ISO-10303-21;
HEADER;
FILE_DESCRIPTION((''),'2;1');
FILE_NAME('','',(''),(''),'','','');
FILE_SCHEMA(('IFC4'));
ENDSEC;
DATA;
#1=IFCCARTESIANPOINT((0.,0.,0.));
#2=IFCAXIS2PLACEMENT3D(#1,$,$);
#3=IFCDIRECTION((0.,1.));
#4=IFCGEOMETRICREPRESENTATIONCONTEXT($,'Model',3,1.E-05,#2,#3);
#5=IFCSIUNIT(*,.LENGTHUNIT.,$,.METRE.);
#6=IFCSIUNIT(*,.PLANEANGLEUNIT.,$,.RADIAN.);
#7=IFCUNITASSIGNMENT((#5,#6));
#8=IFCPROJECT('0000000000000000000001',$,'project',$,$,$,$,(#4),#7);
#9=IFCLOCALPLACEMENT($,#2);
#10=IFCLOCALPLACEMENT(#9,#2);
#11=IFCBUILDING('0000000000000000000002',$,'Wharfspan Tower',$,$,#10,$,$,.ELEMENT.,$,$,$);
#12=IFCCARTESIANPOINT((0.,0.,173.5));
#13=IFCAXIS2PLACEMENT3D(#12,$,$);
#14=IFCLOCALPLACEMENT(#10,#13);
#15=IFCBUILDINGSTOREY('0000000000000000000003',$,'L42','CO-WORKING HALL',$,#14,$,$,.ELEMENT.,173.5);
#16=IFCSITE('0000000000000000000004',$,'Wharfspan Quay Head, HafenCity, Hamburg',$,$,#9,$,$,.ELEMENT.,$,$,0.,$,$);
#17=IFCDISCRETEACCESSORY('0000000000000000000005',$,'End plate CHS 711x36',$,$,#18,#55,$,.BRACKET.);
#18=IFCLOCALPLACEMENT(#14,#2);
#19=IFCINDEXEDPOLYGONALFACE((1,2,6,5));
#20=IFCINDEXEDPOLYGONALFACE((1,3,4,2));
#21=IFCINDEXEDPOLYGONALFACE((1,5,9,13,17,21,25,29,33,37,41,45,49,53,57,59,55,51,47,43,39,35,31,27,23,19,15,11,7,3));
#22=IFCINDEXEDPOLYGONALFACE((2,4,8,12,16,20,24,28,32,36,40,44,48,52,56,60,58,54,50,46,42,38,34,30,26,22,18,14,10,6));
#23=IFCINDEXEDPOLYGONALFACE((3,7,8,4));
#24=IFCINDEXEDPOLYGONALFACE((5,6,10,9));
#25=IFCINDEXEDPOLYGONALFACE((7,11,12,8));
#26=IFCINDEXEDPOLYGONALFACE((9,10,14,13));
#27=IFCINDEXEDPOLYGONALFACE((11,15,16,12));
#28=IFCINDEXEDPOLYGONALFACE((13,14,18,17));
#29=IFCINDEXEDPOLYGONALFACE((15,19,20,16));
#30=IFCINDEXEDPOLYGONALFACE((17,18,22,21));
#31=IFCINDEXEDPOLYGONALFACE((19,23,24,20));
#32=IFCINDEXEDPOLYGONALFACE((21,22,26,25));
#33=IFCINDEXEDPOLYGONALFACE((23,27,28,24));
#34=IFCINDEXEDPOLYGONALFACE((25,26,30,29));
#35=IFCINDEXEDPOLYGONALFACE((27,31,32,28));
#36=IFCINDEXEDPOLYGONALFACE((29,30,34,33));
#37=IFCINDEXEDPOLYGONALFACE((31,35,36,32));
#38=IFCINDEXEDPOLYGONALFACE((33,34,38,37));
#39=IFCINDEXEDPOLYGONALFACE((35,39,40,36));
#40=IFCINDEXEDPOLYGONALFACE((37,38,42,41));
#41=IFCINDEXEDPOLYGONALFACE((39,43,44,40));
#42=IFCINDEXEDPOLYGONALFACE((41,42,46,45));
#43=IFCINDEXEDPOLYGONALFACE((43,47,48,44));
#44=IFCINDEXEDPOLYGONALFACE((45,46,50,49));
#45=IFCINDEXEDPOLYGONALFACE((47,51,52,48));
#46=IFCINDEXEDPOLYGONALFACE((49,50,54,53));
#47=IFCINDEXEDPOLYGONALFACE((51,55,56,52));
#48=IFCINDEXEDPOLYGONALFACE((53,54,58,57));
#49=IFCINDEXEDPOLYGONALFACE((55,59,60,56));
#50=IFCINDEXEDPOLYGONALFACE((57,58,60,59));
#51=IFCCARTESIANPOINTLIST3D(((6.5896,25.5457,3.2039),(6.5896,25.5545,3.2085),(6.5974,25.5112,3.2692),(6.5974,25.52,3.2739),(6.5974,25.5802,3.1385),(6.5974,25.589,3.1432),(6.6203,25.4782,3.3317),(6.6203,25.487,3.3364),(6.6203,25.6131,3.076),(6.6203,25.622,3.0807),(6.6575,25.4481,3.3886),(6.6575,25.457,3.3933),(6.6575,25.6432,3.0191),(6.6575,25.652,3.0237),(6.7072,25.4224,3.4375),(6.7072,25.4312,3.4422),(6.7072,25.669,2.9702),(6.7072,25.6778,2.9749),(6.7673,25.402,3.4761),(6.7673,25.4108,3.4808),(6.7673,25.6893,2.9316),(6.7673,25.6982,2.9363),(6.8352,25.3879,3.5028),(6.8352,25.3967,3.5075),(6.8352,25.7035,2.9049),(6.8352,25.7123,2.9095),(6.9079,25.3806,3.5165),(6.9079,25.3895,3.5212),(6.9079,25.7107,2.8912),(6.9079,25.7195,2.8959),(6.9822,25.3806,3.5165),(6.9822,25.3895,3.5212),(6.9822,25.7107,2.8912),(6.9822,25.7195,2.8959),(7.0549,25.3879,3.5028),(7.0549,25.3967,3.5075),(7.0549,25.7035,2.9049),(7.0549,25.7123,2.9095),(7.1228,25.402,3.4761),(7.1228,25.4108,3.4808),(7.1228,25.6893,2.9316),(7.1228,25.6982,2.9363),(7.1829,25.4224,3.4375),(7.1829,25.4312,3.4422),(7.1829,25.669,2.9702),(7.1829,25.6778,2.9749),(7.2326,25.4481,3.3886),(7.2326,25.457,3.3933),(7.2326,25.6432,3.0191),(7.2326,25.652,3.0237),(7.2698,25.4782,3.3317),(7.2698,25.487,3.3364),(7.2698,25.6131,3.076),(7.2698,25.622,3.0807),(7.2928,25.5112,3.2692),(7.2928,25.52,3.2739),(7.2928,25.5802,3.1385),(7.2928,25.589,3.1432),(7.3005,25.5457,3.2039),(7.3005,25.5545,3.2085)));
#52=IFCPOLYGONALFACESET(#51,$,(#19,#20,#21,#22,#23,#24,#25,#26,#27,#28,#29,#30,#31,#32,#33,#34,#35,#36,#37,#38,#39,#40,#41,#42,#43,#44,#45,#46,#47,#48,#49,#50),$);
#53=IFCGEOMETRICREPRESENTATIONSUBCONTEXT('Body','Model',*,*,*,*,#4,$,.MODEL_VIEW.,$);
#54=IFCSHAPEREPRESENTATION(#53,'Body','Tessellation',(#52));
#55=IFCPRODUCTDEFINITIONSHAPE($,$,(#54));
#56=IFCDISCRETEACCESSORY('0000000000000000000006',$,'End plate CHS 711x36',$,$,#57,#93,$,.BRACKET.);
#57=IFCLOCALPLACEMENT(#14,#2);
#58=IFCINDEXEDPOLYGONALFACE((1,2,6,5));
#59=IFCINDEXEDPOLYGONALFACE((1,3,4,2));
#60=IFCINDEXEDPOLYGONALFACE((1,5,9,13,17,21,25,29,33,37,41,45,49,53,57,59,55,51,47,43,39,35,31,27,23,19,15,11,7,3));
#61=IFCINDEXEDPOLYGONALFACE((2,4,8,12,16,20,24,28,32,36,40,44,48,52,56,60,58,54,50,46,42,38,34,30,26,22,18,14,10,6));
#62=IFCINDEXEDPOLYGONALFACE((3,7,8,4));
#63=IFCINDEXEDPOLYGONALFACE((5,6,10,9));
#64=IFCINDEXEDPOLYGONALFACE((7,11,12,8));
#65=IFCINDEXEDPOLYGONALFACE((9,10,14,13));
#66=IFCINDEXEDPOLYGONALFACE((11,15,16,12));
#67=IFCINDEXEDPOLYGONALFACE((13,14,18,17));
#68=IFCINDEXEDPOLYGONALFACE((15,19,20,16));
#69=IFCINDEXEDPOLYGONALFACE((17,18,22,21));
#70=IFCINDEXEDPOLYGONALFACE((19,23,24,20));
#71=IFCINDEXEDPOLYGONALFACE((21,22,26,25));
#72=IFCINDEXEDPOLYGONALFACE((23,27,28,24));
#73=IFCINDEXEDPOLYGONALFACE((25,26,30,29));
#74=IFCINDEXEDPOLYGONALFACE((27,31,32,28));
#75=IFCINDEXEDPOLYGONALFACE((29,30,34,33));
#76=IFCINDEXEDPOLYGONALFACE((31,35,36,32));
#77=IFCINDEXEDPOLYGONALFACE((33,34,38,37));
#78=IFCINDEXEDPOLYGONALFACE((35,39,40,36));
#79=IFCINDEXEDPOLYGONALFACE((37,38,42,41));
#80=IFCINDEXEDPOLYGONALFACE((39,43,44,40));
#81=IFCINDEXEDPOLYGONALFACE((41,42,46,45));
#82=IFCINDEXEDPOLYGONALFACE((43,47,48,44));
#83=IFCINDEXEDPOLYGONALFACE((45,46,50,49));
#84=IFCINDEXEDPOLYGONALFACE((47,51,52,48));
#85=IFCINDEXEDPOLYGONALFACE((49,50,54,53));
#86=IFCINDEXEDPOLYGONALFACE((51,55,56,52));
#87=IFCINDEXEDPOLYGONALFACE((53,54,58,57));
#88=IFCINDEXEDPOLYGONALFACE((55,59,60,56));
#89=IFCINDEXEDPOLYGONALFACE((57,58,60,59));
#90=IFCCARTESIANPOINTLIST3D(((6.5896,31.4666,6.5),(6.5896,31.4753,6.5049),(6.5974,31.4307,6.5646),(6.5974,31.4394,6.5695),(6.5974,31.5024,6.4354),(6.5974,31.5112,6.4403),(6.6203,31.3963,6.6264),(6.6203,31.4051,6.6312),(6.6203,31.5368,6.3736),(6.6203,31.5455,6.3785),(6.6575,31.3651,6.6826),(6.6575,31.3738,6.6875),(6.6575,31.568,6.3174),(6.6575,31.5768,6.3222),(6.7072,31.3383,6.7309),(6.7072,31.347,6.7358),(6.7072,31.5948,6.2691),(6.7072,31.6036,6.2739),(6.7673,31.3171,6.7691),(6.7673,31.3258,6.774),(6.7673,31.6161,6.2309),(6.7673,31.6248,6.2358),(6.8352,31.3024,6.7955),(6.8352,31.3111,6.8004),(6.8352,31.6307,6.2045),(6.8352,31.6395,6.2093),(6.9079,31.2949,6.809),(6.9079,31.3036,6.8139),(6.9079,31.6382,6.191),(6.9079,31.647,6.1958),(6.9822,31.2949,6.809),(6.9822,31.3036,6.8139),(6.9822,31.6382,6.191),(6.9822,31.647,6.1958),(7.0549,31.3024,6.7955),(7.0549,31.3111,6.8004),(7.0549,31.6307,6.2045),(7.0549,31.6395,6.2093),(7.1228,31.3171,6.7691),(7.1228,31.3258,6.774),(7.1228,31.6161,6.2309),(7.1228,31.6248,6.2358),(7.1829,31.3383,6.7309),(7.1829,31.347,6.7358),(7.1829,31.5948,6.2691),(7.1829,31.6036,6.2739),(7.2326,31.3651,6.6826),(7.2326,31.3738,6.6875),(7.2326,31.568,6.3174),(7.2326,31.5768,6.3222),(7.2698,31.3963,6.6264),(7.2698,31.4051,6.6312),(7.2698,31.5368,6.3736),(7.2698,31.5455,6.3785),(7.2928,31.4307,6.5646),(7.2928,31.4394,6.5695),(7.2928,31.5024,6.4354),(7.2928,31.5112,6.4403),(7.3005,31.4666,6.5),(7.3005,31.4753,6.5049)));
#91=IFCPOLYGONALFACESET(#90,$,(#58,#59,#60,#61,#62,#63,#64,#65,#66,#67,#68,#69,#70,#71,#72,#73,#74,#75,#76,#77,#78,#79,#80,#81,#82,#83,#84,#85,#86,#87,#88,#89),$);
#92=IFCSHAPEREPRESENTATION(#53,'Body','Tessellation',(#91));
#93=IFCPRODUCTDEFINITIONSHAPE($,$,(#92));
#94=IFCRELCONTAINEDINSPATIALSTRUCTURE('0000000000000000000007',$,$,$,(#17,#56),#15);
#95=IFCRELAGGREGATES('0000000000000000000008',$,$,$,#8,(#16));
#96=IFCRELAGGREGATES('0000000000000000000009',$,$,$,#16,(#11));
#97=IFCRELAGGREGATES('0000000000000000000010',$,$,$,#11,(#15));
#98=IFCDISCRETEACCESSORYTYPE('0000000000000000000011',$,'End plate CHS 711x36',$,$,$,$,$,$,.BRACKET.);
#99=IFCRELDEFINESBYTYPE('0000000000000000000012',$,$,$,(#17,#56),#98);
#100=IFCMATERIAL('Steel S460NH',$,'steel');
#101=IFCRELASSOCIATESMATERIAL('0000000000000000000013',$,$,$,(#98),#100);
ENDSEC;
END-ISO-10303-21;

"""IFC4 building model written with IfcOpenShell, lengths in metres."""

from ifc_helpers import new_model, si_unit, direction, frame, origin, origin_2d, place, context, subcontext, project, spatial, circle, extrude, material, material_profile, profile_set, type_object, element, save


model = new_model("IFC4")

# Units and contexts
model_context = context("Model", 3, precision=1e-05, world=origin(), true_north=direction((0.0, 1.0)))
body_context = subcontext(model_context, "Body", "Model", "MODEL_VIEW")
ifc_project = project(units=[si_unit("LENGTHUNIT", "METRE"), si_unit("PLANEANGLEUNIT", "RADIAN")], contexts=[model_context])

# Site, building, storey
site_placement = place(None, origin())
site = spatial("IfcSite", under=ifc_project, at=site_placement, Name="Wharfspan Quay Head, HafenCity, Hamburg", CompositionType="ELEMENT", RefElevation=0.0)
building_placement = place(site_placement, origin())
building = spatial("IfcBuilding", under=site, at=building_placement, Name="Wharfspan Tower", CompositionType="ELEMENT")
storey_placement = place(building_placement, frame((0.0, 0.0, 173.5)))
storey = spatial("IfcBuildingStorey", under=building, at=storey_placement, Name="L42", Description="CO-WORKING HALL", CompositionType="ELEMENT", Elevation=173.5)

# Shared definitions
ifc_material_1 = material(Name="Steel S460NH", Category="steel")

# Discrete accessories
ifc_material_profile_1 = material_profile(ifc_material_1, circle(Radius=0.3555, at=origin_2d()))
ifc_profile_set_1 = profile_set([ifc_material_profile_1], Name="Steel S460NH")
discrete_accessory_type = type_object("IfcDiscreteAccessoryType", Name="End plate CHS 711x36", PredefinedType="BRACKET", material=ifc_profile_set_1)
for number, where, z_axis, x_axis, name in (
    (1, (6.9451, 25.5457, 3.2039), (0.0, 0.884385, 0.466759), (-1.0, 0.0, 0.0), "End plate CHS 711x36"),
    (2, (6.9451, 31.4666, 6.5), (0.0, 0.874157, 0.485643), (-1.0, 0.0, 0.0), "End plate CHS 711x36"),
):
    element("IfcDiscreteAccessory", number, at=place(storey_placement, frame(where, z_axis=z_axis, x_axis=x_axis)), inside=storey, type_object=discrete_accessory_type, Name=name, PredefinedType="BRACKET", context=body_context, shape_type="SweptSolid", body=[
        extrude(circle(Radius=0.3555, at=origin_2d()), origin(), (0.0, 0.0, 1.0), 0.01),
    ])

save(model, "model.ifc")
